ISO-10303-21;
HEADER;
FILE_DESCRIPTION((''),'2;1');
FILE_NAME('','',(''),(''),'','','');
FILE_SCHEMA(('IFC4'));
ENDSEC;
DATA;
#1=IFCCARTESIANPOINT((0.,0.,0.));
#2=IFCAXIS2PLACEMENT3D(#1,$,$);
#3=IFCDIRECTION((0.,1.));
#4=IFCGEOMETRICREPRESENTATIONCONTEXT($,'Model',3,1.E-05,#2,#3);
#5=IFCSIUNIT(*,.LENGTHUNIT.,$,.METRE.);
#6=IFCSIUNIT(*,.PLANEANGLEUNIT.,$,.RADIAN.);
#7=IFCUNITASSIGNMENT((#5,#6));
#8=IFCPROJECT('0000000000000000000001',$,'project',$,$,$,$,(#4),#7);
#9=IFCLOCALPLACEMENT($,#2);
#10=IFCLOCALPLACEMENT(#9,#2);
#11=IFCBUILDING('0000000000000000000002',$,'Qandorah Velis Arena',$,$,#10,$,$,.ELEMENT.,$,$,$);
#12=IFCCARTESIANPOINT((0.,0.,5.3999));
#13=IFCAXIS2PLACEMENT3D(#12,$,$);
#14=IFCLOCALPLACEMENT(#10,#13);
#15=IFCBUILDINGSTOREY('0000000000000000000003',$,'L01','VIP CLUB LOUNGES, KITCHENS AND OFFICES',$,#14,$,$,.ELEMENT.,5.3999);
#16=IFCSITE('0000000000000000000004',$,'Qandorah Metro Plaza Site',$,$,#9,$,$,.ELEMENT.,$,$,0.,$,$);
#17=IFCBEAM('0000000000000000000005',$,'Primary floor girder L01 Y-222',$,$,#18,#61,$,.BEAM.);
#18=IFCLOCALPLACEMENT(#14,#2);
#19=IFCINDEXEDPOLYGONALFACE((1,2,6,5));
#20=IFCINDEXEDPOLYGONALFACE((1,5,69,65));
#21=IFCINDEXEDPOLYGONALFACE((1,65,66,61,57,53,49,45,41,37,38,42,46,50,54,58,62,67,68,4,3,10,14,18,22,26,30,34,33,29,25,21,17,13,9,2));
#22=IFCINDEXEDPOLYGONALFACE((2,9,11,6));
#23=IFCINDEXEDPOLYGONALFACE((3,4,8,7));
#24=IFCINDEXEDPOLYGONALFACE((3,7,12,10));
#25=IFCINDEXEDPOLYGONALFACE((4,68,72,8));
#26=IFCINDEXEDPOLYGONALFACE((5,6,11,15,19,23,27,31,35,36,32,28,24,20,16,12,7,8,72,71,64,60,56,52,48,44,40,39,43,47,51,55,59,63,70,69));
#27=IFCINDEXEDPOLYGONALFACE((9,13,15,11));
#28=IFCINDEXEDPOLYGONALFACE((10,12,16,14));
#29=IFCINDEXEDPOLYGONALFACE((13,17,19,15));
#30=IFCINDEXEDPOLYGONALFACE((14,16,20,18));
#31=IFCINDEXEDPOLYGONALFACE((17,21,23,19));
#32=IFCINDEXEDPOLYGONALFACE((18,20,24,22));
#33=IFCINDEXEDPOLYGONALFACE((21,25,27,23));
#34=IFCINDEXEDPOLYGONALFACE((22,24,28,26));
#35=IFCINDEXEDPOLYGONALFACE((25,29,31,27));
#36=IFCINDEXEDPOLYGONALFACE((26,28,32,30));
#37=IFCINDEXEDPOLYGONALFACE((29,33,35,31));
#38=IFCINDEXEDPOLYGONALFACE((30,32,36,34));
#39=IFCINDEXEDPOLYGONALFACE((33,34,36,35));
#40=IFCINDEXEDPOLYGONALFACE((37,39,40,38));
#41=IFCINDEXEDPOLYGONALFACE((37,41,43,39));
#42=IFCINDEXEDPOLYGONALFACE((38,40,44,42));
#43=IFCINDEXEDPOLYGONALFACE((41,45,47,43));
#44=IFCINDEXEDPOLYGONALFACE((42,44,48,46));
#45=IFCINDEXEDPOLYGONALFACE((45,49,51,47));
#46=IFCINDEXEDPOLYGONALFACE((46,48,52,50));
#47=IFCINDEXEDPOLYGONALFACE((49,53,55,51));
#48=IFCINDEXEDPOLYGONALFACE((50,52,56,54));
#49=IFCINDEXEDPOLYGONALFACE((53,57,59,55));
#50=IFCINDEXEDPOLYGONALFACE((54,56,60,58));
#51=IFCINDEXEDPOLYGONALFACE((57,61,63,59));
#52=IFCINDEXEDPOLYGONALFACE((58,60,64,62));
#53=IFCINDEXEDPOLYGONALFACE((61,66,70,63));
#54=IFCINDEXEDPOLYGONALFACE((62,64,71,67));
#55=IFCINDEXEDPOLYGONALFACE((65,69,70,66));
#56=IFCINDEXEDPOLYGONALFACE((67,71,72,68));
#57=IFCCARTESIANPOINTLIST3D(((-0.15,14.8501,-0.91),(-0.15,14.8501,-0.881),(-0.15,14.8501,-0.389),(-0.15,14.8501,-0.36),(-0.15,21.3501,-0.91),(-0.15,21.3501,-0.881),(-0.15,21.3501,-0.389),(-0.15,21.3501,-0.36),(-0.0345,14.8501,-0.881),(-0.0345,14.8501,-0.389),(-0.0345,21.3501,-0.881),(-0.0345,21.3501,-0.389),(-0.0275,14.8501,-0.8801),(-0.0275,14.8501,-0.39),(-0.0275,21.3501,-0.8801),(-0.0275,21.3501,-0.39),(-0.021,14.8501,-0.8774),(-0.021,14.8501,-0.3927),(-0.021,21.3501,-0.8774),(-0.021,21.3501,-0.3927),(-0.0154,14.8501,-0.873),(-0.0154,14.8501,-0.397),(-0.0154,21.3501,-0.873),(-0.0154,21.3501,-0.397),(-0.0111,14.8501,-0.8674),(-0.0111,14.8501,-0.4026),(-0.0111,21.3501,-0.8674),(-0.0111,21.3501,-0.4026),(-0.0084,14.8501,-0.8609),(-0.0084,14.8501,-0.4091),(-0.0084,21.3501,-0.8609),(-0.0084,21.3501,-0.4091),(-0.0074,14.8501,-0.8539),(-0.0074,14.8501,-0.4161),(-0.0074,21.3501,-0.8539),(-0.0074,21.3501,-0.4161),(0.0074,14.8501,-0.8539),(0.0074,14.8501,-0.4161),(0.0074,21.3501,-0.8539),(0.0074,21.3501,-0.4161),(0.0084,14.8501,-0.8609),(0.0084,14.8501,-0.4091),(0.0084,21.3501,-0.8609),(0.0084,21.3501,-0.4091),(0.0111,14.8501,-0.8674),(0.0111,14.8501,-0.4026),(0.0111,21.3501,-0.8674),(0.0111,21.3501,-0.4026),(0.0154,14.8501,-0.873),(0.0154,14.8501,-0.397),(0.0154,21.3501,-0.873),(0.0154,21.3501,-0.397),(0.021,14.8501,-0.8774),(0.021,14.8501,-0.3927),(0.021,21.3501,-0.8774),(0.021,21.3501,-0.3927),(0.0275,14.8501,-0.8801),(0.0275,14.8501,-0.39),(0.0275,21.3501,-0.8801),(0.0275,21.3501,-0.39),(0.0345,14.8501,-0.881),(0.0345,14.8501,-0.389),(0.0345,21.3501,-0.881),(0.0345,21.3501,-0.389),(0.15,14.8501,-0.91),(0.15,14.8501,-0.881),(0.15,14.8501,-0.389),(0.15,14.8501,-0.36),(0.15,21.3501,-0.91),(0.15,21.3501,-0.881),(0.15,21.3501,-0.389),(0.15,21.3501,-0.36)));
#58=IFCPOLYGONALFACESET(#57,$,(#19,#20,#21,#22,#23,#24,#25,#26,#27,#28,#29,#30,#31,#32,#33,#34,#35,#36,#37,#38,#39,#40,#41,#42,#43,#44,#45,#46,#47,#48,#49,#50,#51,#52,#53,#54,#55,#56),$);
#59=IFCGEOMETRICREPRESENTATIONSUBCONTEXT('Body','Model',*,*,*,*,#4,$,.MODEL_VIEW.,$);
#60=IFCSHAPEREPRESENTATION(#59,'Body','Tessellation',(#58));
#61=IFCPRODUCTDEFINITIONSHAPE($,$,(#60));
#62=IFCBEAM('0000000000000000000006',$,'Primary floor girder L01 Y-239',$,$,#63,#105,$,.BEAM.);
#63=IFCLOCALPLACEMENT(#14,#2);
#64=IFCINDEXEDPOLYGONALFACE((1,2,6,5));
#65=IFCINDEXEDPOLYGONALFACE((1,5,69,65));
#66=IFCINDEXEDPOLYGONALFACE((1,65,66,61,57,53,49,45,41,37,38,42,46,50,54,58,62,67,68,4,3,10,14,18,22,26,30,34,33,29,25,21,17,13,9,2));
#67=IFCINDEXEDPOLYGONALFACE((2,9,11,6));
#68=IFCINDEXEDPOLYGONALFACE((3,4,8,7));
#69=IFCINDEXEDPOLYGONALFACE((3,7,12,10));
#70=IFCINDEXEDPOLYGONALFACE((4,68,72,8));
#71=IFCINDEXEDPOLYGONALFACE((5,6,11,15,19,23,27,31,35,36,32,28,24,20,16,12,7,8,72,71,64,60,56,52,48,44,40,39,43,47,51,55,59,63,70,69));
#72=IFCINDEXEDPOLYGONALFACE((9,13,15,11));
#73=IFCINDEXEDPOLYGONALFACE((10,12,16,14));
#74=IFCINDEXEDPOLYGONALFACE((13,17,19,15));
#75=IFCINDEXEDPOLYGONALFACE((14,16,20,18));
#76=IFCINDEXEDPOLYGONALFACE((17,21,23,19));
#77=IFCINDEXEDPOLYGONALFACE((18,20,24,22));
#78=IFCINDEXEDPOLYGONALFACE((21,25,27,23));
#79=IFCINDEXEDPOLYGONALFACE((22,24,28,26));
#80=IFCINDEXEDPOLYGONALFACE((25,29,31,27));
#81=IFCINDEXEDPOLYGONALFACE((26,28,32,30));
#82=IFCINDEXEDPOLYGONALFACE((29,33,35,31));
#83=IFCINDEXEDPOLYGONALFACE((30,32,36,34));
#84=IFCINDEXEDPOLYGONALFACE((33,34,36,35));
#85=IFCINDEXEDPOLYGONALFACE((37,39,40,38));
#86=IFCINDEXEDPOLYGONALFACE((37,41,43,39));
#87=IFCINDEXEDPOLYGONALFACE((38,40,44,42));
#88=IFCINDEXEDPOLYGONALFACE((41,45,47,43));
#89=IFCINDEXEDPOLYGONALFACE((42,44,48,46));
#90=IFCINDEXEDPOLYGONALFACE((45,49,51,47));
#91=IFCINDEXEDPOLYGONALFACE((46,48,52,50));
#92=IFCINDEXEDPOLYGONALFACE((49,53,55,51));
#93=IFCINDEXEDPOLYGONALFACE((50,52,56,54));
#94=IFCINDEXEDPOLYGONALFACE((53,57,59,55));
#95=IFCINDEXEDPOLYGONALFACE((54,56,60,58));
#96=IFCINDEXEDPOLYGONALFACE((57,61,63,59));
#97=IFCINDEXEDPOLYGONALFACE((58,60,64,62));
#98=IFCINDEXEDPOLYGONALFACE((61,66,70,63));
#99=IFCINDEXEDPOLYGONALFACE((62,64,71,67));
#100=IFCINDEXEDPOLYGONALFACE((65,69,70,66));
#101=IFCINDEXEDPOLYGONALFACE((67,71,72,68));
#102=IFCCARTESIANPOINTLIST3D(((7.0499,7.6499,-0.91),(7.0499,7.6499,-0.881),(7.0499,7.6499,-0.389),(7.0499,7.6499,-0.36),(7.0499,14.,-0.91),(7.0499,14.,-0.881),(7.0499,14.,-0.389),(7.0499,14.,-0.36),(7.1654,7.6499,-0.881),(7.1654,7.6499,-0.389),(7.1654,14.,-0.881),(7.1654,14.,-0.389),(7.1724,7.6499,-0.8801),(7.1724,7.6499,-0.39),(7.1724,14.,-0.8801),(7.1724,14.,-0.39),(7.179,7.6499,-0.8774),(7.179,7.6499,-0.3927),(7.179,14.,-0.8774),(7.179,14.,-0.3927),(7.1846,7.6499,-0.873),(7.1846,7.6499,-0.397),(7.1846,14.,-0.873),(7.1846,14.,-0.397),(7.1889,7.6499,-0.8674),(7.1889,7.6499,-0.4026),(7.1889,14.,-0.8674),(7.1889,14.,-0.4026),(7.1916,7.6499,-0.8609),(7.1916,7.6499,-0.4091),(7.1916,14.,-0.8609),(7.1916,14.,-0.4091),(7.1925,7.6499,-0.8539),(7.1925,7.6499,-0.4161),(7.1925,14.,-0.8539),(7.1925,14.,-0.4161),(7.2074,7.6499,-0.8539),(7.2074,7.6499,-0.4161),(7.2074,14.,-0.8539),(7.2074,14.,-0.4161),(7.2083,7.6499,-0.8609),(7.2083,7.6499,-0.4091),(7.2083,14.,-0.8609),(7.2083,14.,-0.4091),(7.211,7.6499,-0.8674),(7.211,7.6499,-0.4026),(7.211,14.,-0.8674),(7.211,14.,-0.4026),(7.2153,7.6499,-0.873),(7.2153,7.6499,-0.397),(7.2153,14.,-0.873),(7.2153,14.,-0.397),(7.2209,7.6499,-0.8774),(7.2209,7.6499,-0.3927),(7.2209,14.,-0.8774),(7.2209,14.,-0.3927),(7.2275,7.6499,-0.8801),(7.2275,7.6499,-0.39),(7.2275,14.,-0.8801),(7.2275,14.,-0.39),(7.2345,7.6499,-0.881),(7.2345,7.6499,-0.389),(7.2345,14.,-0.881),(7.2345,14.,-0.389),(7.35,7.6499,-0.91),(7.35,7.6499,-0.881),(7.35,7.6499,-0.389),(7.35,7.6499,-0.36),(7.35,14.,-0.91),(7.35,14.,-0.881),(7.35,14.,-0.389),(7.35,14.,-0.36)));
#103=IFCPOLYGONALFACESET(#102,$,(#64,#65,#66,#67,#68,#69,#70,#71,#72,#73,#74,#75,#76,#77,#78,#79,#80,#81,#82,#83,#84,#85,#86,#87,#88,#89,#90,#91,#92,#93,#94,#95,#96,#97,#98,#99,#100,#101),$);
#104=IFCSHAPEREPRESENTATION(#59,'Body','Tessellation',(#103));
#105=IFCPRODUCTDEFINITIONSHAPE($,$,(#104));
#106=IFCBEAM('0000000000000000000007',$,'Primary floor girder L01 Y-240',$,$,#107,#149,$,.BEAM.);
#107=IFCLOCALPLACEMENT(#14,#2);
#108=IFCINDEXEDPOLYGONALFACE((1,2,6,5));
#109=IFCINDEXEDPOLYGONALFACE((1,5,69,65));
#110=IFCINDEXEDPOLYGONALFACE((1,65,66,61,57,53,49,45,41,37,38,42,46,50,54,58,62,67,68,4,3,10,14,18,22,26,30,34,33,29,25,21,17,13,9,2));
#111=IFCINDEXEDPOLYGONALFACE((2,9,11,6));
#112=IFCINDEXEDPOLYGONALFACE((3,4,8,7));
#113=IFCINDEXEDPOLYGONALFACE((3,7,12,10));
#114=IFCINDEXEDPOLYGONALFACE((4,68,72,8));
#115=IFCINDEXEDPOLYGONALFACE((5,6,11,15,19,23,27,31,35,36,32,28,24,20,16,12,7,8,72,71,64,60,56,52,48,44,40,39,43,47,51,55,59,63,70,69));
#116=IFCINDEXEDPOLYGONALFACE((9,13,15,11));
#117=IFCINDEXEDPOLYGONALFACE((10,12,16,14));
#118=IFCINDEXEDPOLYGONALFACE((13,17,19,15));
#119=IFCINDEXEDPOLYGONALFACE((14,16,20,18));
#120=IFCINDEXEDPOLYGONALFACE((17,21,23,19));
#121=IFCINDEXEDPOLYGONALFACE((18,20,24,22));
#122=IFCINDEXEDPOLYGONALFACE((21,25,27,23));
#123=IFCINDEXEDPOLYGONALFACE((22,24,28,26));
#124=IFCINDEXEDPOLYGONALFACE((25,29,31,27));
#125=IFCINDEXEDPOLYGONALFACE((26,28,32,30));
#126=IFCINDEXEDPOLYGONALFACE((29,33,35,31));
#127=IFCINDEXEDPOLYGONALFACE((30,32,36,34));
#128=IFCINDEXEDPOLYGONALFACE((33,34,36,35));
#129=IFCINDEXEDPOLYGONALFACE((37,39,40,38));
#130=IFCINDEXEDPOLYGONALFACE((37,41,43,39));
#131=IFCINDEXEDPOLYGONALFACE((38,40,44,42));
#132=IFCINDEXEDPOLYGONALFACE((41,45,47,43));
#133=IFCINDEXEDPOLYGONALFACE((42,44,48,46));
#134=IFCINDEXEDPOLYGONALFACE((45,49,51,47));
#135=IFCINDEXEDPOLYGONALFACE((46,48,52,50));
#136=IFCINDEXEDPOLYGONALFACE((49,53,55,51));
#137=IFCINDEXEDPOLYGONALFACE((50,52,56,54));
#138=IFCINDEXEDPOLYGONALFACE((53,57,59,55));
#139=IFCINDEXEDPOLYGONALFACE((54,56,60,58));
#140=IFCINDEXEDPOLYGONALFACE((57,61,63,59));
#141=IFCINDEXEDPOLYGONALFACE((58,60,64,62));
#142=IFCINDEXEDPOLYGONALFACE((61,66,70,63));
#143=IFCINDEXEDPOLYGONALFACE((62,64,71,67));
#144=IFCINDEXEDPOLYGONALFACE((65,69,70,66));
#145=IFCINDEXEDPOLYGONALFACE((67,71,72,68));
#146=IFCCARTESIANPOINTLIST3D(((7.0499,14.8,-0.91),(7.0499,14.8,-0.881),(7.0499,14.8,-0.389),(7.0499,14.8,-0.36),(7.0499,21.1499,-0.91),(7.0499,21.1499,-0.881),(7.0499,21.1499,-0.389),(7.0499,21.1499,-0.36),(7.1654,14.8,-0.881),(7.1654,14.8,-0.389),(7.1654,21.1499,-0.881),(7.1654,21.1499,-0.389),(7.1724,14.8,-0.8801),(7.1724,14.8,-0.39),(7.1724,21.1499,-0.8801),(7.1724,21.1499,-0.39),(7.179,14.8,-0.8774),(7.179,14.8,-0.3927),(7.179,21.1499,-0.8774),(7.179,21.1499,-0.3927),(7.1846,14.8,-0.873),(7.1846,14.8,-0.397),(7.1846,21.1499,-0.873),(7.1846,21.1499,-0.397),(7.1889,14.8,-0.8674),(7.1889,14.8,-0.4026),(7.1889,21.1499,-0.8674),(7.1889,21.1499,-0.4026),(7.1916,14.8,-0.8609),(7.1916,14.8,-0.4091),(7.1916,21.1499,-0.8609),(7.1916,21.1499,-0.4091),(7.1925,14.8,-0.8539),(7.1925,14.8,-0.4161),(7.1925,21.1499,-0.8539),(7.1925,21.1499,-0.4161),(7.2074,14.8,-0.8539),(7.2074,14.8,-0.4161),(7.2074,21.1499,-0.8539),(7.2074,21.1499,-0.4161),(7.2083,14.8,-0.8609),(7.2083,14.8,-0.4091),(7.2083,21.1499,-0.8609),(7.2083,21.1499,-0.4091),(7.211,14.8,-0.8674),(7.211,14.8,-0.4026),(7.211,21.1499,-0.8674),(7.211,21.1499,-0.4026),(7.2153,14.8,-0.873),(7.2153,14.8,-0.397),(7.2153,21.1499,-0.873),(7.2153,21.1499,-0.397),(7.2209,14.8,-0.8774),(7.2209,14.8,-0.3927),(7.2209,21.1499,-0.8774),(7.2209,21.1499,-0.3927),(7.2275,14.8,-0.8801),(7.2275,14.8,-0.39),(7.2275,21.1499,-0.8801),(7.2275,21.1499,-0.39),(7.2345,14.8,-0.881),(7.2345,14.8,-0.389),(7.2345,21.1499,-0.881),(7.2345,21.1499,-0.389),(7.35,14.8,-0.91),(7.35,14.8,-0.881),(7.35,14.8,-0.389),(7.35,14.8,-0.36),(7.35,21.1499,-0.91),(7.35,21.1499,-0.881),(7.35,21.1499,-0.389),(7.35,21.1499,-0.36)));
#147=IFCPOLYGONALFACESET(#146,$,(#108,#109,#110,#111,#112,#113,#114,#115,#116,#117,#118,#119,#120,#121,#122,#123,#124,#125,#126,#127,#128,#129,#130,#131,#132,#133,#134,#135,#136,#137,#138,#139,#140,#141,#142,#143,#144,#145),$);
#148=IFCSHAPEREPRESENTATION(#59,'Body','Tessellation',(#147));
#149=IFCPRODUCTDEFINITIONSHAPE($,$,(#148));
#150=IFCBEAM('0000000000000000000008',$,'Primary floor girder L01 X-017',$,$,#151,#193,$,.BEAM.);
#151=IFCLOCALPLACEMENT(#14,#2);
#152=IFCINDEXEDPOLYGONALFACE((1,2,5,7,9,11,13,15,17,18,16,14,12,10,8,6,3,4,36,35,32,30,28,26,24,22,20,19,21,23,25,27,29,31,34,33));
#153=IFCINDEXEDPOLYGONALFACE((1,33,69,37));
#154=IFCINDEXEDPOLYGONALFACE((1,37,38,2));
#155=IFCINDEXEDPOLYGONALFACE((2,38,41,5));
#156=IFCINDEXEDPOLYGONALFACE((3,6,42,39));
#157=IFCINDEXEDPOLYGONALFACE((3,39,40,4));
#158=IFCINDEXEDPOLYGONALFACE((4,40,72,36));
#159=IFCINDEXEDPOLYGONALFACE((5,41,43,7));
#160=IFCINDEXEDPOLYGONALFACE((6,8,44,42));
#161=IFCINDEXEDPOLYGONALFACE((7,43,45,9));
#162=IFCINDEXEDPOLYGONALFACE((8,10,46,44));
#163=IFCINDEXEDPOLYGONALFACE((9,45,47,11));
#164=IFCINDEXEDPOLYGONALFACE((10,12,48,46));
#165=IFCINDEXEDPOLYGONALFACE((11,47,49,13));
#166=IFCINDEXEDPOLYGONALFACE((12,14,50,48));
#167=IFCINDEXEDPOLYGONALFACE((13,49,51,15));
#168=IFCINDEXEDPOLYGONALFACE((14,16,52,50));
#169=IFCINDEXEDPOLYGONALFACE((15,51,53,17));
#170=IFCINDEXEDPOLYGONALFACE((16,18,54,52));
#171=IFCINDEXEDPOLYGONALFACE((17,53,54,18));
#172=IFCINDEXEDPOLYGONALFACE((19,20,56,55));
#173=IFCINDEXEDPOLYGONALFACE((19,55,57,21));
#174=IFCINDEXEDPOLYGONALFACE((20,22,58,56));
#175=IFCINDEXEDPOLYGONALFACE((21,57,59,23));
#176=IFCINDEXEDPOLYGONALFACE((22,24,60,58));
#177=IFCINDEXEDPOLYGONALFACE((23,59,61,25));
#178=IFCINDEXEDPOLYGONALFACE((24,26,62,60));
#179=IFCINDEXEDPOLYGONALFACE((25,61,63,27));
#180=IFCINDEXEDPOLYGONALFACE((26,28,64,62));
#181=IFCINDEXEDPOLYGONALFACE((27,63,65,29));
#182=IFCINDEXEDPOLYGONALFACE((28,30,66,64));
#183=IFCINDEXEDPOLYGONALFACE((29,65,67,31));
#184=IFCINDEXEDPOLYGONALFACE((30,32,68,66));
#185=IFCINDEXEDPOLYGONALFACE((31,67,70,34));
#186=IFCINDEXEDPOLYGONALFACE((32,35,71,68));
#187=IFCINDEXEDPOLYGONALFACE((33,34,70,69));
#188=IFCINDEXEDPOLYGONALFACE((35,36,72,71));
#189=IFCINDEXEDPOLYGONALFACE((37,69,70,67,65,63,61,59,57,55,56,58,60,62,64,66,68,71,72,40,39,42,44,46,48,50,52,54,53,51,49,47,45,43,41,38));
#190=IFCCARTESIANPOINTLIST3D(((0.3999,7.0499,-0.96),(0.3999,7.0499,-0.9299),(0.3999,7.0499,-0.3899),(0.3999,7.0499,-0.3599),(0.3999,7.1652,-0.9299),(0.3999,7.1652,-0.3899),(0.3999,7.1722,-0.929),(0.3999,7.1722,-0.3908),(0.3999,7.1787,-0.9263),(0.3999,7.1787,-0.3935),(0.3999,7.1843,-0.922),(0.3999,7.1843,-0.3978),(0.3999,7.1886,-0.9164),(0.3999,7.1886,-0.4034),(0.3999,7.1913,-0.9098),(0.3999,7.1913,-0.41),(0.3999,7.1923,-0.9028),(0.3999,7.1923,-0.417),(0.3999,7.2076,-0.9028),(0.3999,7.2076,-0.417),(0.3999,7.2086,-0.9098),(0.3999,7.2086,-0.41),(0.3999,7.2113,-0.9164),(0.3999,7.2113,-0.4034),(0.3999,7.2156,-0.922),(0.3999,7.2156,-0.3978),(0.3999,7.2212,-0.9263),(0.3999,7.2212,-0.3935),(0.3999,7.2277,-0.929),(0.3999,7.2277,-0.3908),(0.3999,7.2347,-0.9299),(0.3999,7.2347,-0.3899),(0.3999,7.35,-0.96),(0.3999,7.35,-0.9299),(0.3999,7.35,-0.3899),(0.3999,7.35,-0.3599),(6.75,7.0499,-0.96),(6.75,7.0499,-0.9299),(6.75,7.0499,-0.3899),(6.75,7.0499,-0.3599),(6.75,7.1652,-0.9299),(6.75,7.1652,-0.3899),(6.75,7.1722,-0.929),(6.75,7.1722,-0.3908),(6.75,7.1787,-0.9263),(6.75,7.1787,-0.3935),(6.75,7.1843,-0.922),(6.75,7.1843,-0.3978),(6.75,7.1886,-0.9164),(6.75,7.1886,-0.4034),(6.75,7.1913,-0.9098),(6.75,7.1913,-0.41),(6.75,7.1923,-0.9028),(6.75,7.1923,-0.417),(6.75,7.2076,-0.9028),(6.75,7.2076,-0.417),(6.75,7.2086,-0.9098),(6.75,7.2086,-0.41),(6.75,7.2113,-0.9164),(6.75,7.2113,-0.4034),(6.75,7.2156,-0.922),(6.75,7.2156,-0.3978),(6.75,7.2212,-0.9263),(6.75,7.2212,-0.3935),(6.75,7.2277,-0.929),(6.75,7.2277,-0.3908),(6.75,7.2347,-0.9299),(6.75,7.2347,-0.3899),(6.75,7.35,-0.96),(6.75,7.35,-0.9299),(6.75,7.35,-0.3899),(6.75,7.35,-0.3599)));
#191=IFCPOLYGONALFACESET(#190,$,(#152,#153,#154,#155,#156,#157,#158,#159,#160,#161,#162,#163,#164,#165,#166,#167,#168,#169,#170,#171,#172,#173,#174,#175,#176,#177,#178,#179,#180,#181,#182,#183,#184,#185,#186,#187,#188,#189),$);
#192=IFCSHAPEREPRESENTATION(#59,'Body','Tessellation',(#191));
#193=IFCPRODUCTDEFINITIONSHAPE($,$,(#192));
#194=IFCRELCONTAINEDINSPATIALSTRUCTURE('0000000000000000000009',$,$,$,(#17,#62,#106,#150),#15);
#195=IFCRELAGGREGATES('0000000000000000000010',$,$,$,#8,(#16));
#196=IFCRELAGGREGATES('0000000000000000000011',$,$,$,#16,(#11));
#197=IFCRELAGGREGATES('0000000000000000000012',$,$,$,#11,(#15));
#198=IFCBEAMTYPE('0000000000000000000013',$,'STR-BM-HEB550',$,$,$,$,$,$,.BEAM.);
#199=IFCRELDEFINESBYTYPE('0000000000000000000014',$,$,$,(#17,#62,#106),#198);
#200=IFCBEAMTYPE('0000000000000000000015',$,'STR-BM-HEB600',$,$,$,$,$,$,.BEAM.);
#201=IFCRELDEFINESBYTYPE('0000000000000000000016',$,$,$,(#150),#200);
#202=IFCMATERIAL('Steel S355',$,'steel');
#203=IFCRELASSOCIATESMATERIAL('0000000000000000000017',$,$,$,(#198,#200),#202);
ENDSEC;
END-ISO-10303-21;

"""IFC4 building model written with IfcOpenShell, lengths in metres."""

from ifc_helpers import new_model, si_unit, direction, frame, origin, origin_2d, place, context, subcontext, project, spatial, i_section, extrude, material, material_profile, profile_set, type_object, element, save


model = new_model("IFC4")

# Units and contexts
model_context = context("Model", 3, precision=1e-05, world=origin(), true_north=direction((0.0, 1.0)))
body_context = subcontext(model_context, "Body", "Model", "MODEL_VIEW")
ifc_project = project(units=[si_unit("LENGTHUNIT", "METRE"), si_unit("PLANEANGLEUNIT", "RADIAN")], contexts=[model_context])

# Site, building, storey
site_placement = place(None, origin())
site = spatial("IfcSite", under=ifc_project, at=site_placement, Name="Qandorah Metro Plaza Site", CompositionType="ELEMENT", RefElevation=0.0)
building_placement = place(site_placement, origin())
building = spatial("IfcBuilding", under=site, at=building_placement, Name="Qandorah Velis Arena", CompositionType="ELEMENT")
storey_placement = place(building_placement, frame((0.0, 0.0, 5.3999)))
storey = spatial("IfcBuildingStorey", under=building, at=storey_placement, Name="L01", Description="VIP CLUB LOUNGES, KITCHENS AND OFFICES", CompositionType="ELEMENT", Elevation=5.3999)

# Beams
ifc_material_1 = material(Name="Steel S355", Category="steel")
ifc_material_profile_1 = material_profile(ifc_material_1, i_section(OverallWidth=0.3, OverallDepth=0.55, WebThickness=0.0149, FlangeThickness=0.0291, FilletRadius=0.0271, at=origin_2d()), Name="HEB 550")
ifc_profile_set_1 = profile_set([ifc_material_profile_1], Name="Steel S355")
beam_type_1 = type_object("IfcBeamType", Name="STR-BM-HEB550", PredefinedType="BEAM", material=ifc_profile_set_1)
beam_1_placement = place(storey_placement, frame((0.0, 14.8501, -0.635), z_axis=(0.0, 1.0, 0.0), x_axis=(-1.0, 0.0, 0.0)))
element("IfcBeam", 1, at=beam_1_placement, inside=storey, type_object=beam_type_1, Name="Primary floor girder L01 Y-222", PredefinedType="BEAM", context=body_context, shape_type="SweptSolid", body=[
    extrude(i_section(OverallWidth=0.3, OverallDepth=0.55, WebThickness=0.0149, FlangeThickness=0.0291, FilletRadius=0.0271, at=origin_2d()), origin(), (0.0, 0.0, 1.0), 6.5),
])
beam_2_placement = place(storey_placement, frame((7.2, 7.6499, -0.635), z_axis=(0.0, 1.0, 0.0), x_axis=(-1.0, 0.0, 0.0)))
element("IfcBeam", 2, at=beam_2_placement, inside=storey, type_object=beam_type_1, Name="Primary floor girder L01 Y-239", PredefinedType="BEAM", context=body_context, shape_type="SweptSolid", body=[
    extrude(i_section(OverallWidth=0.3, OverallDepth=0.55, WebThickness=0.0149, FlangeThickness=0.0291, FilletRadius=0.0271, at=origin_2d()), origin(), (0.0, 0.0, 1.0), 6.3501),
])
beam_3_placement = place(storey_placement, frame((7.2, 14.8, -0.635), z_axis=(0.0, 1.0, 0.0), x_axis=(-1.0, 0.0, 0.0)))
element("IfcBeam", 3, at=beam_3_placement, inside=storey, type_object=beam_type_1, Name="Primary floor girder L01 Y-240", PredefinedType="BEAM", context=body_context, shape_type="SweptSolid", body=[
    extrude(i_section(OverallWidth=0.3, OverallDepth=0.55, WebThickness=0.0149, FlangeThickness=0.0291, FilletRadius=0.0271, at=origin_2d()), origin(), (0.0, 0.0, 1.0), 6.3499),
])
ifc_material_profile_2 = material_profile(ifc_material_1, i_section(OverallWidth=0.3, OverallDepth=0.6001, WebThickness=0.0154, FlangeThickness=0.03, FilletRadius=0.0271, at=origin_2d()), Name="HEB 600")
ifc_profile_set_2 = profile_set([ifc_material_profile_2], Name="Steel S355")
beam_type_2 = type_object("IfcBeamType", Name="STR-BM-HEB600", PredefinedType="BEAM", material=ifc_profile_set_2)
beam_4_placement = place(storey_placement, frame((0.3999, 7.2, -0.6599), z_axis=(1.0, 0.0, 0.0), x_axis=(0.0, 1.0, 0.0)))
element("IfcBeam", 4, at=beam_4_placement, inside=storey, type_object=beam_type_2, Name="Primary floor girder L01 X-017", PredefinedType="BEAM", context=body_context, shape_type="SweptSolid", body=[
    extrude(i_section(OverallWidth=0.3, OverallDepth=0.6001, WebThickness=0.0154, FlangeThickness=0.03, FilletRadius=0.0271, at=origin_2d()), origin(), (0.0, 0.0, 1.0), 6.3501),
])

save(model, "model.ifc")
